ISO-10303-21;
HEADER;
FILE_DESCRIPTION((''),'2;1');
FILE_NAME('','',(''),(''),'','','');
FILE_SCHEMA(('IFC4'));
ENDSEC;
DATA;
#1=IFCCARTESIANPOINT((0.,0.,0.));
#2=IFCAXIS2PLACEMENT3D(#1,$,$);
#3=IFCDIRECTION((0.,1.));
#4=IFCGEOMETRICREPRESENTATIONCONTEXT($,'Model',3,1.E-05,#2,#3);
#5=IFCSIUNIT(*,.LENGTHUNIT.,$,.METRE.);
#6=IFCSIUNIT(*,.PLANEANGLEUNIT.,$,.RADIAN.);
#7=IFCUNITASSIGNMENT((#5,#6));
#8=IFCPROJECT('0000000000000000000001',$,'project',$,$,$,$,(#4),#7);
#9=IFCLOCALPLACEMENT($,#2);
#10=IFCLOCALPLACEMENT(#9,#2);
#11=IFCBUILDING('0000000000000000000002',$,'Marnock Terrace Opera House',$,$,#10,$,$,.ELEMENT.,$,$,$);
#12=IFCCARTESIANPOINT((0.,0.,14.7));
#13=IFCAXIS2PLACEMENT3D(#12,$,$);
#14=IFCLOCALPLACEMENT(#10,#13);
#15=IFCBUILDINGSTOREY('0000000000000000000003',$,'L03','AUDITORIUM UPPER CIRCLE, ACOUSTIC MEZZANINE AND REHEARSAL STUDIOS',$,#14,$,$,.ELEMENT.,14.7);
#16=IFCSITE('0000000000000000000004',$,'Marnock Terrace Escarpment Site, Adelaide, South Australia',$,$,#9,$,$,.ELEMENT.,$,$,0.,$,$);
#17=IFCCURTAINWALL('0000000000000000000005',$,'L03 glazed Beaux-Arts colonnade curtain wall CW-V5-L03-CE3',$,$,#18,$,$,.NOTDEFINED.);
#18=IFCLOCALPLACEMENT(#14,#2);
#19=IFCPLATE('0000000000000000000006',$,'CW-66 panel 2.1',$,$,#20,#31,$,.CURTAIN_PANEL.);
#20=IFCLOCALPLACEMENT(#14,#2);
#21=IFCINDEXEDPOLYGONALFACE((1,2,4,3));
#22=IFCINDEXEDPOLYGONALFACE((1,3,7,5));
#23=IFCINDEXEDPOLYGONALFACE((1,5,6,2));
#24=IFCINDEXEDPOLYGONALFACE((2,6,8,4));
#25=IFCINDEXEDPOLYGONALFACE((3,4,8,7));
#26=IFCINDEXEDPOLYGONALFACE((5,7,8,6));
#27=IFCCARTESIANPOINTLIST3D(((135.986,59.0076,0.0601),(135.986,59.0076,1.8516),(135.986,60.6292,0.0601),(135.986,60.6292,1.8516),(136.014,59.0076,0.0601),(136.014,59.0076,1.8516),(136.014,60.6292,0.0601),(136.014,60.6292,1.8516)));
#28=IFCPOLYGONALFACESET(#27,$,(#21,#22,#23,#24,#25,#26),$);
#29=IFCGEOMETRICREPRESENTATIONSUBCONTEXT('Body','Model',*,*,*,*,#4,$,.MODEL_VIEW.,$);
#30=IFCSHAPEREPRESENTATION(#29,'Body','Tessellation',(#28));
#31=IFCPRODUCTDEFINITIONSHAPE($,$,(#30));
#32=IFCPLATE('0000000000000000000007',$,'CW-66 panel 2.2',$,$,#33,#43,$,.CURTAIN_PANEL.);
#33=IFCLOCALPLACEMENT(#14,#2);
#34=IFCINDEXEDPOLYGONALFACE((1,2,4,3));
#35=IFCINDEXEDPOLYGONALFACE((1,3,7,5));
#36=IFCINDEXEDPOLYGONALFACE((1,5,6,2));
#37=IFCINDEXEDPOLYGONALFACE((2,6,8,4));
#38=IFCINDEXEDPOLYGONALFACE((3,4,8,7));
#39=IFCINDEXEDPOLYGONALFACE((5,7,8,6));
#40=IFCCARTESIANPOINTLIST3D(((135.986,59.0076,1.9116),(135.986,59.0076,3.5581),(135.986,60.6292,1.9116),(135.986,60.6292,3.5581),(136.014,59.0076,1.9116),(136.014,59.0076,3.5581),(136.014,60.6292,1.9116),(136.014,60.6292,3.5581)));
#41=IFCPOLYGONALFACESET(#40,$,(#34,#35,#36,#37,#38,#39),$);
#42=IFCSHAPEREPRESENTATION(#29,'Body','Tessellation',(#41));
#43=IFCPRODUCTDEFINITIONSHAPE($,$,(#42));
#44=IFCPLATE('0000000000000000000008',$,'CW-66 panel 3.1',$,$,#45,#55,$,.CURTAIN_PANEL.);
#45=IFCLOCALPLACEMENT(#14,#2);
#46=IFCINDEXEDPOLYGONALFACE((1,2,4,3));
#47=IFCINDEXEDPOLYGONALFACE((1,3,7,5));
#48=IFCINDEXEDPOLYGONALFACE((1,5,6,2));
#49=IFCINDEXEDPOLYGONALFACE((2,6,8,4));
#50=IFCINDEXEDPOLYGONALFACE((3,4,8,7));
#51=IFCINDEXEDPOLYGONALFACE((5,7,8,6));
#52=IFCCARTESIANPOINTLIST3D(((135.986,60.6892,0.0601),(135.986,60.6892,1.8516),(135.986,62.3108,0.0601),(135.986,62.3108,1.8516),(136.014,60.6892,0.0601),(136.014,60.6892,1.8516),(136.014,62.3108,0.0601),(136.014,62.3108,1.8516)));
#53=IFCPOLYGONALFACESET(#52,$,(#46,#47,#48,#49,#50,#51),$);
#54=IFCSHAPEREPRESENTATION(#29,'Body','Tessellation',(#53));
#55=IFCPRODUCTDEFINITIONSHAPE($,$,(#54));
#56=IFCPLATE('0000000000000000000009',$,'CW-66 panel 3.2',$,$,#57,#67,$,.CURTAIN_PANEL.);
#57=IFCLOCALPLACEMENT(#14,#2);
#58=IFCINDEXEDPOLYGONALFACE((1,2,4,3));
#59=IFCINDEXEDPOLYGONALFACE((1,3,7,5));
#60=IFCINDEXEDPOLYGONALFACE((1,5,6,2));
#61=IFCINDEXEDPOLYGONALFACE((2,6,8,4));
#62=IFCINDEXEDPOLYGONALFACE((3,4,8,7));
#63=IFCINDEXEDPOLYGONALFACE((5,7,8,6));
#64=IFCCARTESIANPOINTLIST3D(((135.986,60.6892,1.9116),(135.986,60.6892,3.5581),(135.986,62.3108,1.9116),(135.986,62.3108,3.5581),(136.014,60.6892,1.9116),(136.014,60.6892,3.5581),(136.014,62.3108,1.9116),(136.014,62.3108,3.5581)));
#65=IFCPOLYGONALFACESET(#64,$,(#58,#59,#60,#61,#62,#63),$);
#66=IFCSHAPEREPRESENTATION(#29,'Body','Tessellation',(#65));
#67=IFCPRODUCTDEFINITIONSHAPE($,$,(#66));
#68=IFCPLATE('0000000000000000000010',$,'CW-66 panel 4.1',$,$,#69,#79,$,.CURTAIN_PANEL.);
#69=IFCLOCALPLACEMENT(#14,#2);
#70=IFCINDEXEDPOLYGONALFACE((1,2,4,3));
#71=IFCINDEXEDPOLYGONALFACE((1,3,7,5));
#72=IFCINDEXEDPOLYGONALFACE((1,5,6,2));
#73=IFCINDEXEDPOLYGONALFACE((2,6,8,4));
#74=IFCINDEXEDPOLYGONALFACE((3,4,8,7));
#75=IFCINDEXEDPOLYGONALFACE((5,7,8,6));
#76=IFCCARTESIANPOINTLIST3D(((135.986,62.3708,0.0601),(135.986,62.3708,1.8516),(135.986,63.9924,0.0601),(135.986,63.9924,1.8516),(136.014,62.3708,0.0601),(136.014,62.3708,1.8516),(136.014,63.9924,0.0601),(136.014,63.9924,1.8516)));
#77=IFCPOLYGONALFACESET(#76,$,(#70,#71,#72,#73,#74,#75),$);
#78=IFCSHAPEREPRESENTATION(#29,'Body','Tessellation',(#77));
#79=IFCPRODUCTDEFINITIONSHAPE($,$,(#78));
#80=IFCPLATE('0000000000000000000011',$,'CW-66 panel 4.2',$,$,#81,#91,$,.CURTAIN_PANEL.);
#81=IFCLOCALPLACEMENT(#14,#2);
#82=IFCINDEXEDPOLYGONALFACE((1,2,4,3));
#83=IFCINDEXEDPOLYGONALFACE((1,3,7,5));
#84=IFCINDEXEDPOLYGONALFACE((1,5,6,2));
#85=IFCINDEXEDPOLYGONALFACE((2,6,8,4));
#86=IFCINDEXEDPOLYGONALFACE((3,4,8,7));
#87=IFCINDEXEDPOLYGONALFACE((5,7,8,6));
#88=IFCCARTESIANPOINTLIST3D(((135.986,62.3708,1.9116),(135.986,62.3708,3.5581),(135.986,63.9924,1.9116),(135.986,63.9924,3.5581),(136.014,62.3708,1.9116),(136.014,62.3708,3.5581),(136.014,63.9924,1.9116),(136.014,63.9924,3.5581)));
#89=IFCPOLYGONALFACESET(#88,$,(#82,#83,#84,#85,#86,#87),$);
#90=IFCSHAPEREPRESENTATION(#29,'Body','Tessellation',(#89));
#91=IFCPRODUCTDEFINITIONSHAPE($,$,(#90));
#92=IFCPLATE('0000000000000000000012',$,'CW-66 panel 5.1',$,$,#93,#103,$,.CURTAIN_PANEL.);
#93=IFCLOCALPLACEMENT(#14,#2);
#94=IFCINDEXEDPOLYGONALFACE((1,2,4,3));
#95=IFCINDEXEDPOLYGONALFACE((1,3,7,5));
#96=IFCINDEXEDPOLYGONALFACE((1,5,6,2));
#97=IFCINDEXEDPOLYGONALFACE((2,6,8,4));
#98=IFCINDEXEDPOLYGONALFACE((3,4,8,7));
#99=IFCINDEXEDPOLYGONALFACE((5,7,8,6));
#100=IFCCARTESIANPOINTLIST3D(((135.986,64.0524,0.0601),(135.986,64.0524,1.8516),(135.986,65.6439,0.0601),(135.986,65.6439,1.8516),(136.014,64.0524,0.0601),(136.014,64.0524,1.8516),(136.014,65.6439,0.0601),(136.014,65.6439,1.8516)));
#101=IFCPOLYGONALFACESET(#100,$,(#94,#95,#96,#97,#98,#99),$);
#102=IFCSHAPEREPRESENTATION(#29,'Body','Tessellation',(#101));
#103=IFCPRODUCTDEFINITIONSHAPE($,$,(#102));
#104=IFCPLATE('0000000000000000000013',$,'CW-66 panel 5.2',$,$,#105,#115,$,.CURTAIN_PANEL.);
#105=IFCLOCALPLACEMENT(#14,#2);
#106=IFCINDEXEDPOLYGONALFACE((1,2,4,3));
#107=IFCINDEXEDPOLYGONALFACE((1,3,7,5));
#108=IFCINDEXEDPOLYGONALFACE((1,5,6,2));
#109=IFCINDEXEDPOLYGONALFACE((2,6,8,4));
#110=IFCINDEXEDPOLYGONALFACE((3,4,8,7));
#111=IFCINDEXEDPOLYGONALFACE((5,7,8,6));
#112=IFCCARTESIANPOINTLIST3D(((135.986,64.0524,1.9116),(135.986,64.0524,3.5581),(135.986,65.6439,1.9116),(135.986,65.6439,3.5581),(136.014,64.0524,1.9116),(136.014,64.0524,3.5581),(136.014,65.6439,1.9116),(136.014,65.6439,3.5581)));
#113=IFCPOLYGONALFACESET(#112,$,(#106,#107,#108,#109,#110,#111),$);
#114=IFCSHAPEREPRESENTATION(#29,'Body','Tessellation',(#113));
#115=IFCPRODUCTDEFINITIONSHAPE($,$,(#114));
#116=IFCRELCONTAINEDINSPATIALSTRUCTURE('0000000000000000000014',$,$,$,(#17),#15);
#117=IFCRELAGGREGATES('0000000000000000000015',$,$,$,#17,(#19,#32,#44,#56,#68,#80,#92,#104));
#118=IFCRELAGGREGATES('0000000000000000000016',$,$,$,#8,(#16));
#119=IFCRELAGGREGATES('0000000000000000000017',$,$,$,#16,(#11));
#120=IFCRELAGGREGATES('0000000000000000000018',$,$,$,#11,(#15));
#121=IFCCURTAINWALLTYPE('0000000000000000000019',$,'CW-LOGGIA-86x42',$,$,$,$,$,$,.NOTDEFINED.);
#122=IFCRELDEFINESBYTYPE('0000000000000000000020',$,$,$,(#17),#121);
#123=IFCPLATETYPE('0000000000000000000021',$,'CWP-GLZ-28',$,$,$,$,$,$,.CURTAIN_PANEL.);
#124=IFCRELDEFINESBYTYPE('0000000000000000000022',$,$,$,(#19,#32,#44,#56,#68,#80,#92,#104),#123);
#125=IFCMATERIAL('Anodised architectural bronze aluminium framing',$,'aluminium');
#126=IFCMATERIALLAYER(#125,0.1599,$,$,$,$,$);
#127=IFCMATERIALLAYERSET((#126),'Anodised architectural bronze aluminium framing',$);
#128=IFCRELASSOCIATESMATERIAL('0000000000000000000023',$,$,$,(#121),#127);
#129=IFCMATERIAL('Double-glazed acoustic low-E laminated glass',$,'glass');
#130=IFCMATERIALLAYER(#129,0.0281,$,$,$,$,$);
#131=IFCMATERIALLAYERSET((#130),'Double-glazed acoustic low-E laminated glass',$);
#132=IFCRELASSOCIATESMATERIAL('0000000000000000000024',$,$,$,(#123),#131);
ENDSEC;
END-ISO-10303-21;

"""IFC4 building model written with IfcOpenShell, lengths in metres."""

from ifc_helpers import new_model, si_unit, direction, frame, origin, origin_2d, place, context, subcontext, project, spatial, rectangle, extrude, material, layer, layer_set, type_object, element, aggregate, save


model = new_model("IFC4")

# Units and contexts
model_context = context("Model", 3, precision=1e-05, world=origin(), true_north=direction((0.0, 1.0)))
body_context = subcontext(model_context, "Body", "Model", "MODEL_VIEW")
ifc_project = project(units=[si_unit("LENGTHUNIT", "METRE"), si_unit("PLANEANGLEUNIT", "RADIAN")], contexts=[model_context])

# Site, building, storey
site_placement = place(None, origin())
site = spatial("IfcSite", under=ifc_project, at=site_placement, Name="Marnock Terrace Escarpment Site, Adelaide, South Australia", CompositionType="ELEMENT", RefElevation=0.0)
building_placement = place(site_placement, origin())
building = spatial("IfcBuilding", under=site, at=building_placement, Name="Marnock Terrace Opera House", CompositionType="ELEMENT")
storey_placement = place(building_placement, frame((0.0, 0.0, 14.7)))
storey = spatial("IfcBuildingStorey", under=building, at=storey_placement, Name="L03", Description="AUDITORIUM UPPER CIRCLE, ACOUSTIC MEZZANINE AND REHEARSAL STUDIOS", CompositionType="ELEMENT", Elevation=14.7)

# Curtain wall, plates
ifc_material_1 = material(Name="Anodised architectural bronze aluminium framing", Category="aluminium")
ifc_layer_1 = layer(ifc_material_1, 0.1599)
ifc_layer_set_1 = layer_set([ifc_layer_1], Name="Anodised architectural bronze aluminium framing")
curtain_wall_type = type_object("IfcCurtainWallType", Name="CW-LOGGIA-86x42", PredefinedType="NOTDEFINED", material=ifc_layer_set_1)
curtain_wall_placement = place(storey_placement, origin())
curtain_wall = element("IfcCurtainWall", 1, at=curtain_wall_placement, inside=storey, type_object=curtain_wall_type, Name="L03 glazed Beaux-Arts colonnade curtain wall CW-V5-L03-CE3", PredefinedType="NOTDEFINED")
ifc_material_2 = material(Name="Double-glazed acoustic low-E laminated glass", Category="glass")
ifc_layer_2 = layer(ifc_material_2, 0.0281)
ifc_layer_set_2 = layer_set([ifc_layer_2], Name="Double-glazed acoustic low-E laminated glass")
plate_type = type_object("IfcPlateType", Name="CWP-GLZ-28", PredefinedType="CURTAIN_PANEL", material=ifc_layer_set_2)
plate_1_placement = place(storey_placement, frame((136.0, 59.8184, 0.0601), z_axis=(0.0, 0.0, 1.0), x_axis=(0.0, 1.0, 0.0)))
plate_1 = element("IfcPlate", 2, at=plate_1_placement, type_object=plate_type, Name="CW-66 panel 2.1", PredefinedType="CURTAIN_PANEL", context=body_context, shape_type="SweptSolid", body=[
    extrude(rectangle(XDim=1.6216, YDim=0.0281, at=origin_2d()), origin(), (0.0, 0.0, 1.0), 1.7915),
])
plate_2_placement = place(storey_placement, frame((136.0, 59.8184, 1.9116), z_axis=(0.0, 0.0, 1.0), x_axis=(0.0, 1.0, 0.0)))
plate_2 = element("IfcPlate", 3, at=plate_2_placement, type_object=plate_type, Name="CW-66 panel 2.2", PredefinedType="CURTAIN_PANEL", context=body_context, shape_type="SweptSolid", body=[
    extrude(rectangle(XDim=1.6216, YDim=0.0281, at=origin_2d()), origin(), (0.0, 0.0, 1.0), 1.6465),
])
plate_3_placement = place(storey_placement, frame((136.0, 61.5, 0.0601), z_axis=(0.0, 0.0, 1.0), x_axis=(0.0, 1.0, 0.0)))
plate_3 = element("IfcPlate", 4, at=plate_3_placement, type_object=plate_type, Name="CW-66 panel 3.1", PredefinedType="CURTAIN_PANEL", context=body_context, shape_type="SweptSolid", body=[
    extrude(rectangle(XDim=1.6216, YDim=0.0281, at=origin_2d()), origin(), (0.0, 0.0, 1.0), 1.7915),
])
plate_4_placement = place(storey_placement, frame((136.0, 61.5, 1.9116), z_axis=(0.0, 0.0, 1.0), x_axis=(0.0, 1.0, 0.0)))
plate_4 = element("IfcPlate", 5, at=plate_4_placement, type_object=plate_type, Name="CW-66 panel 3.2", PredefinedType="CURTAIN_PANEL", context=body_context, shape_type="SweptSolid", body=[
    extrude(rectangle(XDim=1.6216, YDim=0.0281, at=origin_2d()), origin(), (0.0, 0.0, 1.0), 1.6465),
])
plate_5_placement = place(storey_placement, frame((136.0, 63.1816, 0.0601), z_axis=(0.0, 0.0, 1.0), x_axis=(0.0, 1.0, 0.0)))
plate_5 = element("IfcPlate", 6, at=plate_5_placement, type_object=plate_type, Name="CW-66 panel 4.1", PredefinedType="CURTAIN_PANEL", context=body_context, shape_type="SweptSolid", body=[
    extrude(rectangle(XDim=1.6216, YDim=0.0281, at=origin_2d()), origin(), (0.0, 0.0, 1.0), 1.7915),
])
plate_6_placement = place(storey_placement, frame((136.0, 63.1816, 1.9116), z_axis=(0.0, 0.0, 1.0), x_axis=(0.0, 1.0, 0.0)))
plate_6 = element("IfcPlate", 7, at=plate_6_placement, type_object=plate_type, Name="CW-66 panel 4.2", PredefinedType="CURTAIN_PANEL", context=body_context, shape_type="SweptSolid", body=[
    extrude(rectangle(XDim=1.6216, YDim=0.0281, at=origin_2d()), origin(), (0.0, 0.0, 1.0), 1.6465),
])
plate_7_placement = place(storey_placement, frame((136.0, 64.8481, 0.0601), z_axis=(0.0, 0.0, 1.0), x_axis=(0.0, 1.0, 0.0)))
plate_7 = element("IfcPlate", 8, at=plate_7_placement, type_object=plate_type, Name="CW-66 panel 5.1", PredefinedType="CURTAIN_PANEL", context=body_context, shape_type="SweptSolid", body=[
    extrude(rectangle(XDim=1.5916, YDim=0.0281, at=origin_2d()), origin(), (0.0, 0.0, 1.0), 1.7915),
])
plate_8_placement = place(storey_placement, frame((136.0, 64.8481, 1.9116), z_axis=(0.0, 0.0, 1.0), x_axis=(0.0, 1.0, 0.0)))
plate_8 = element("IfcPlate", 9, at=plate_8_placement, type_object=plate_type, Name="CW-66 panel 5.2", PredefinedType="CURTAIN_PANEL", context=body_context, shape_type="SweptSolid", body=[
    extrude(rectangle(XDim=1.5916, YDim=0.0281, at=origin_2d()), origin(), (0.0, 0.0, 1.0), 1.6465),
])
aggregate(curtain_wall, [plate_1, plate_2, plate_3, plate_4, plate_5, plate_6, plate_7, plate_8])

save(model, "model.ifc")
